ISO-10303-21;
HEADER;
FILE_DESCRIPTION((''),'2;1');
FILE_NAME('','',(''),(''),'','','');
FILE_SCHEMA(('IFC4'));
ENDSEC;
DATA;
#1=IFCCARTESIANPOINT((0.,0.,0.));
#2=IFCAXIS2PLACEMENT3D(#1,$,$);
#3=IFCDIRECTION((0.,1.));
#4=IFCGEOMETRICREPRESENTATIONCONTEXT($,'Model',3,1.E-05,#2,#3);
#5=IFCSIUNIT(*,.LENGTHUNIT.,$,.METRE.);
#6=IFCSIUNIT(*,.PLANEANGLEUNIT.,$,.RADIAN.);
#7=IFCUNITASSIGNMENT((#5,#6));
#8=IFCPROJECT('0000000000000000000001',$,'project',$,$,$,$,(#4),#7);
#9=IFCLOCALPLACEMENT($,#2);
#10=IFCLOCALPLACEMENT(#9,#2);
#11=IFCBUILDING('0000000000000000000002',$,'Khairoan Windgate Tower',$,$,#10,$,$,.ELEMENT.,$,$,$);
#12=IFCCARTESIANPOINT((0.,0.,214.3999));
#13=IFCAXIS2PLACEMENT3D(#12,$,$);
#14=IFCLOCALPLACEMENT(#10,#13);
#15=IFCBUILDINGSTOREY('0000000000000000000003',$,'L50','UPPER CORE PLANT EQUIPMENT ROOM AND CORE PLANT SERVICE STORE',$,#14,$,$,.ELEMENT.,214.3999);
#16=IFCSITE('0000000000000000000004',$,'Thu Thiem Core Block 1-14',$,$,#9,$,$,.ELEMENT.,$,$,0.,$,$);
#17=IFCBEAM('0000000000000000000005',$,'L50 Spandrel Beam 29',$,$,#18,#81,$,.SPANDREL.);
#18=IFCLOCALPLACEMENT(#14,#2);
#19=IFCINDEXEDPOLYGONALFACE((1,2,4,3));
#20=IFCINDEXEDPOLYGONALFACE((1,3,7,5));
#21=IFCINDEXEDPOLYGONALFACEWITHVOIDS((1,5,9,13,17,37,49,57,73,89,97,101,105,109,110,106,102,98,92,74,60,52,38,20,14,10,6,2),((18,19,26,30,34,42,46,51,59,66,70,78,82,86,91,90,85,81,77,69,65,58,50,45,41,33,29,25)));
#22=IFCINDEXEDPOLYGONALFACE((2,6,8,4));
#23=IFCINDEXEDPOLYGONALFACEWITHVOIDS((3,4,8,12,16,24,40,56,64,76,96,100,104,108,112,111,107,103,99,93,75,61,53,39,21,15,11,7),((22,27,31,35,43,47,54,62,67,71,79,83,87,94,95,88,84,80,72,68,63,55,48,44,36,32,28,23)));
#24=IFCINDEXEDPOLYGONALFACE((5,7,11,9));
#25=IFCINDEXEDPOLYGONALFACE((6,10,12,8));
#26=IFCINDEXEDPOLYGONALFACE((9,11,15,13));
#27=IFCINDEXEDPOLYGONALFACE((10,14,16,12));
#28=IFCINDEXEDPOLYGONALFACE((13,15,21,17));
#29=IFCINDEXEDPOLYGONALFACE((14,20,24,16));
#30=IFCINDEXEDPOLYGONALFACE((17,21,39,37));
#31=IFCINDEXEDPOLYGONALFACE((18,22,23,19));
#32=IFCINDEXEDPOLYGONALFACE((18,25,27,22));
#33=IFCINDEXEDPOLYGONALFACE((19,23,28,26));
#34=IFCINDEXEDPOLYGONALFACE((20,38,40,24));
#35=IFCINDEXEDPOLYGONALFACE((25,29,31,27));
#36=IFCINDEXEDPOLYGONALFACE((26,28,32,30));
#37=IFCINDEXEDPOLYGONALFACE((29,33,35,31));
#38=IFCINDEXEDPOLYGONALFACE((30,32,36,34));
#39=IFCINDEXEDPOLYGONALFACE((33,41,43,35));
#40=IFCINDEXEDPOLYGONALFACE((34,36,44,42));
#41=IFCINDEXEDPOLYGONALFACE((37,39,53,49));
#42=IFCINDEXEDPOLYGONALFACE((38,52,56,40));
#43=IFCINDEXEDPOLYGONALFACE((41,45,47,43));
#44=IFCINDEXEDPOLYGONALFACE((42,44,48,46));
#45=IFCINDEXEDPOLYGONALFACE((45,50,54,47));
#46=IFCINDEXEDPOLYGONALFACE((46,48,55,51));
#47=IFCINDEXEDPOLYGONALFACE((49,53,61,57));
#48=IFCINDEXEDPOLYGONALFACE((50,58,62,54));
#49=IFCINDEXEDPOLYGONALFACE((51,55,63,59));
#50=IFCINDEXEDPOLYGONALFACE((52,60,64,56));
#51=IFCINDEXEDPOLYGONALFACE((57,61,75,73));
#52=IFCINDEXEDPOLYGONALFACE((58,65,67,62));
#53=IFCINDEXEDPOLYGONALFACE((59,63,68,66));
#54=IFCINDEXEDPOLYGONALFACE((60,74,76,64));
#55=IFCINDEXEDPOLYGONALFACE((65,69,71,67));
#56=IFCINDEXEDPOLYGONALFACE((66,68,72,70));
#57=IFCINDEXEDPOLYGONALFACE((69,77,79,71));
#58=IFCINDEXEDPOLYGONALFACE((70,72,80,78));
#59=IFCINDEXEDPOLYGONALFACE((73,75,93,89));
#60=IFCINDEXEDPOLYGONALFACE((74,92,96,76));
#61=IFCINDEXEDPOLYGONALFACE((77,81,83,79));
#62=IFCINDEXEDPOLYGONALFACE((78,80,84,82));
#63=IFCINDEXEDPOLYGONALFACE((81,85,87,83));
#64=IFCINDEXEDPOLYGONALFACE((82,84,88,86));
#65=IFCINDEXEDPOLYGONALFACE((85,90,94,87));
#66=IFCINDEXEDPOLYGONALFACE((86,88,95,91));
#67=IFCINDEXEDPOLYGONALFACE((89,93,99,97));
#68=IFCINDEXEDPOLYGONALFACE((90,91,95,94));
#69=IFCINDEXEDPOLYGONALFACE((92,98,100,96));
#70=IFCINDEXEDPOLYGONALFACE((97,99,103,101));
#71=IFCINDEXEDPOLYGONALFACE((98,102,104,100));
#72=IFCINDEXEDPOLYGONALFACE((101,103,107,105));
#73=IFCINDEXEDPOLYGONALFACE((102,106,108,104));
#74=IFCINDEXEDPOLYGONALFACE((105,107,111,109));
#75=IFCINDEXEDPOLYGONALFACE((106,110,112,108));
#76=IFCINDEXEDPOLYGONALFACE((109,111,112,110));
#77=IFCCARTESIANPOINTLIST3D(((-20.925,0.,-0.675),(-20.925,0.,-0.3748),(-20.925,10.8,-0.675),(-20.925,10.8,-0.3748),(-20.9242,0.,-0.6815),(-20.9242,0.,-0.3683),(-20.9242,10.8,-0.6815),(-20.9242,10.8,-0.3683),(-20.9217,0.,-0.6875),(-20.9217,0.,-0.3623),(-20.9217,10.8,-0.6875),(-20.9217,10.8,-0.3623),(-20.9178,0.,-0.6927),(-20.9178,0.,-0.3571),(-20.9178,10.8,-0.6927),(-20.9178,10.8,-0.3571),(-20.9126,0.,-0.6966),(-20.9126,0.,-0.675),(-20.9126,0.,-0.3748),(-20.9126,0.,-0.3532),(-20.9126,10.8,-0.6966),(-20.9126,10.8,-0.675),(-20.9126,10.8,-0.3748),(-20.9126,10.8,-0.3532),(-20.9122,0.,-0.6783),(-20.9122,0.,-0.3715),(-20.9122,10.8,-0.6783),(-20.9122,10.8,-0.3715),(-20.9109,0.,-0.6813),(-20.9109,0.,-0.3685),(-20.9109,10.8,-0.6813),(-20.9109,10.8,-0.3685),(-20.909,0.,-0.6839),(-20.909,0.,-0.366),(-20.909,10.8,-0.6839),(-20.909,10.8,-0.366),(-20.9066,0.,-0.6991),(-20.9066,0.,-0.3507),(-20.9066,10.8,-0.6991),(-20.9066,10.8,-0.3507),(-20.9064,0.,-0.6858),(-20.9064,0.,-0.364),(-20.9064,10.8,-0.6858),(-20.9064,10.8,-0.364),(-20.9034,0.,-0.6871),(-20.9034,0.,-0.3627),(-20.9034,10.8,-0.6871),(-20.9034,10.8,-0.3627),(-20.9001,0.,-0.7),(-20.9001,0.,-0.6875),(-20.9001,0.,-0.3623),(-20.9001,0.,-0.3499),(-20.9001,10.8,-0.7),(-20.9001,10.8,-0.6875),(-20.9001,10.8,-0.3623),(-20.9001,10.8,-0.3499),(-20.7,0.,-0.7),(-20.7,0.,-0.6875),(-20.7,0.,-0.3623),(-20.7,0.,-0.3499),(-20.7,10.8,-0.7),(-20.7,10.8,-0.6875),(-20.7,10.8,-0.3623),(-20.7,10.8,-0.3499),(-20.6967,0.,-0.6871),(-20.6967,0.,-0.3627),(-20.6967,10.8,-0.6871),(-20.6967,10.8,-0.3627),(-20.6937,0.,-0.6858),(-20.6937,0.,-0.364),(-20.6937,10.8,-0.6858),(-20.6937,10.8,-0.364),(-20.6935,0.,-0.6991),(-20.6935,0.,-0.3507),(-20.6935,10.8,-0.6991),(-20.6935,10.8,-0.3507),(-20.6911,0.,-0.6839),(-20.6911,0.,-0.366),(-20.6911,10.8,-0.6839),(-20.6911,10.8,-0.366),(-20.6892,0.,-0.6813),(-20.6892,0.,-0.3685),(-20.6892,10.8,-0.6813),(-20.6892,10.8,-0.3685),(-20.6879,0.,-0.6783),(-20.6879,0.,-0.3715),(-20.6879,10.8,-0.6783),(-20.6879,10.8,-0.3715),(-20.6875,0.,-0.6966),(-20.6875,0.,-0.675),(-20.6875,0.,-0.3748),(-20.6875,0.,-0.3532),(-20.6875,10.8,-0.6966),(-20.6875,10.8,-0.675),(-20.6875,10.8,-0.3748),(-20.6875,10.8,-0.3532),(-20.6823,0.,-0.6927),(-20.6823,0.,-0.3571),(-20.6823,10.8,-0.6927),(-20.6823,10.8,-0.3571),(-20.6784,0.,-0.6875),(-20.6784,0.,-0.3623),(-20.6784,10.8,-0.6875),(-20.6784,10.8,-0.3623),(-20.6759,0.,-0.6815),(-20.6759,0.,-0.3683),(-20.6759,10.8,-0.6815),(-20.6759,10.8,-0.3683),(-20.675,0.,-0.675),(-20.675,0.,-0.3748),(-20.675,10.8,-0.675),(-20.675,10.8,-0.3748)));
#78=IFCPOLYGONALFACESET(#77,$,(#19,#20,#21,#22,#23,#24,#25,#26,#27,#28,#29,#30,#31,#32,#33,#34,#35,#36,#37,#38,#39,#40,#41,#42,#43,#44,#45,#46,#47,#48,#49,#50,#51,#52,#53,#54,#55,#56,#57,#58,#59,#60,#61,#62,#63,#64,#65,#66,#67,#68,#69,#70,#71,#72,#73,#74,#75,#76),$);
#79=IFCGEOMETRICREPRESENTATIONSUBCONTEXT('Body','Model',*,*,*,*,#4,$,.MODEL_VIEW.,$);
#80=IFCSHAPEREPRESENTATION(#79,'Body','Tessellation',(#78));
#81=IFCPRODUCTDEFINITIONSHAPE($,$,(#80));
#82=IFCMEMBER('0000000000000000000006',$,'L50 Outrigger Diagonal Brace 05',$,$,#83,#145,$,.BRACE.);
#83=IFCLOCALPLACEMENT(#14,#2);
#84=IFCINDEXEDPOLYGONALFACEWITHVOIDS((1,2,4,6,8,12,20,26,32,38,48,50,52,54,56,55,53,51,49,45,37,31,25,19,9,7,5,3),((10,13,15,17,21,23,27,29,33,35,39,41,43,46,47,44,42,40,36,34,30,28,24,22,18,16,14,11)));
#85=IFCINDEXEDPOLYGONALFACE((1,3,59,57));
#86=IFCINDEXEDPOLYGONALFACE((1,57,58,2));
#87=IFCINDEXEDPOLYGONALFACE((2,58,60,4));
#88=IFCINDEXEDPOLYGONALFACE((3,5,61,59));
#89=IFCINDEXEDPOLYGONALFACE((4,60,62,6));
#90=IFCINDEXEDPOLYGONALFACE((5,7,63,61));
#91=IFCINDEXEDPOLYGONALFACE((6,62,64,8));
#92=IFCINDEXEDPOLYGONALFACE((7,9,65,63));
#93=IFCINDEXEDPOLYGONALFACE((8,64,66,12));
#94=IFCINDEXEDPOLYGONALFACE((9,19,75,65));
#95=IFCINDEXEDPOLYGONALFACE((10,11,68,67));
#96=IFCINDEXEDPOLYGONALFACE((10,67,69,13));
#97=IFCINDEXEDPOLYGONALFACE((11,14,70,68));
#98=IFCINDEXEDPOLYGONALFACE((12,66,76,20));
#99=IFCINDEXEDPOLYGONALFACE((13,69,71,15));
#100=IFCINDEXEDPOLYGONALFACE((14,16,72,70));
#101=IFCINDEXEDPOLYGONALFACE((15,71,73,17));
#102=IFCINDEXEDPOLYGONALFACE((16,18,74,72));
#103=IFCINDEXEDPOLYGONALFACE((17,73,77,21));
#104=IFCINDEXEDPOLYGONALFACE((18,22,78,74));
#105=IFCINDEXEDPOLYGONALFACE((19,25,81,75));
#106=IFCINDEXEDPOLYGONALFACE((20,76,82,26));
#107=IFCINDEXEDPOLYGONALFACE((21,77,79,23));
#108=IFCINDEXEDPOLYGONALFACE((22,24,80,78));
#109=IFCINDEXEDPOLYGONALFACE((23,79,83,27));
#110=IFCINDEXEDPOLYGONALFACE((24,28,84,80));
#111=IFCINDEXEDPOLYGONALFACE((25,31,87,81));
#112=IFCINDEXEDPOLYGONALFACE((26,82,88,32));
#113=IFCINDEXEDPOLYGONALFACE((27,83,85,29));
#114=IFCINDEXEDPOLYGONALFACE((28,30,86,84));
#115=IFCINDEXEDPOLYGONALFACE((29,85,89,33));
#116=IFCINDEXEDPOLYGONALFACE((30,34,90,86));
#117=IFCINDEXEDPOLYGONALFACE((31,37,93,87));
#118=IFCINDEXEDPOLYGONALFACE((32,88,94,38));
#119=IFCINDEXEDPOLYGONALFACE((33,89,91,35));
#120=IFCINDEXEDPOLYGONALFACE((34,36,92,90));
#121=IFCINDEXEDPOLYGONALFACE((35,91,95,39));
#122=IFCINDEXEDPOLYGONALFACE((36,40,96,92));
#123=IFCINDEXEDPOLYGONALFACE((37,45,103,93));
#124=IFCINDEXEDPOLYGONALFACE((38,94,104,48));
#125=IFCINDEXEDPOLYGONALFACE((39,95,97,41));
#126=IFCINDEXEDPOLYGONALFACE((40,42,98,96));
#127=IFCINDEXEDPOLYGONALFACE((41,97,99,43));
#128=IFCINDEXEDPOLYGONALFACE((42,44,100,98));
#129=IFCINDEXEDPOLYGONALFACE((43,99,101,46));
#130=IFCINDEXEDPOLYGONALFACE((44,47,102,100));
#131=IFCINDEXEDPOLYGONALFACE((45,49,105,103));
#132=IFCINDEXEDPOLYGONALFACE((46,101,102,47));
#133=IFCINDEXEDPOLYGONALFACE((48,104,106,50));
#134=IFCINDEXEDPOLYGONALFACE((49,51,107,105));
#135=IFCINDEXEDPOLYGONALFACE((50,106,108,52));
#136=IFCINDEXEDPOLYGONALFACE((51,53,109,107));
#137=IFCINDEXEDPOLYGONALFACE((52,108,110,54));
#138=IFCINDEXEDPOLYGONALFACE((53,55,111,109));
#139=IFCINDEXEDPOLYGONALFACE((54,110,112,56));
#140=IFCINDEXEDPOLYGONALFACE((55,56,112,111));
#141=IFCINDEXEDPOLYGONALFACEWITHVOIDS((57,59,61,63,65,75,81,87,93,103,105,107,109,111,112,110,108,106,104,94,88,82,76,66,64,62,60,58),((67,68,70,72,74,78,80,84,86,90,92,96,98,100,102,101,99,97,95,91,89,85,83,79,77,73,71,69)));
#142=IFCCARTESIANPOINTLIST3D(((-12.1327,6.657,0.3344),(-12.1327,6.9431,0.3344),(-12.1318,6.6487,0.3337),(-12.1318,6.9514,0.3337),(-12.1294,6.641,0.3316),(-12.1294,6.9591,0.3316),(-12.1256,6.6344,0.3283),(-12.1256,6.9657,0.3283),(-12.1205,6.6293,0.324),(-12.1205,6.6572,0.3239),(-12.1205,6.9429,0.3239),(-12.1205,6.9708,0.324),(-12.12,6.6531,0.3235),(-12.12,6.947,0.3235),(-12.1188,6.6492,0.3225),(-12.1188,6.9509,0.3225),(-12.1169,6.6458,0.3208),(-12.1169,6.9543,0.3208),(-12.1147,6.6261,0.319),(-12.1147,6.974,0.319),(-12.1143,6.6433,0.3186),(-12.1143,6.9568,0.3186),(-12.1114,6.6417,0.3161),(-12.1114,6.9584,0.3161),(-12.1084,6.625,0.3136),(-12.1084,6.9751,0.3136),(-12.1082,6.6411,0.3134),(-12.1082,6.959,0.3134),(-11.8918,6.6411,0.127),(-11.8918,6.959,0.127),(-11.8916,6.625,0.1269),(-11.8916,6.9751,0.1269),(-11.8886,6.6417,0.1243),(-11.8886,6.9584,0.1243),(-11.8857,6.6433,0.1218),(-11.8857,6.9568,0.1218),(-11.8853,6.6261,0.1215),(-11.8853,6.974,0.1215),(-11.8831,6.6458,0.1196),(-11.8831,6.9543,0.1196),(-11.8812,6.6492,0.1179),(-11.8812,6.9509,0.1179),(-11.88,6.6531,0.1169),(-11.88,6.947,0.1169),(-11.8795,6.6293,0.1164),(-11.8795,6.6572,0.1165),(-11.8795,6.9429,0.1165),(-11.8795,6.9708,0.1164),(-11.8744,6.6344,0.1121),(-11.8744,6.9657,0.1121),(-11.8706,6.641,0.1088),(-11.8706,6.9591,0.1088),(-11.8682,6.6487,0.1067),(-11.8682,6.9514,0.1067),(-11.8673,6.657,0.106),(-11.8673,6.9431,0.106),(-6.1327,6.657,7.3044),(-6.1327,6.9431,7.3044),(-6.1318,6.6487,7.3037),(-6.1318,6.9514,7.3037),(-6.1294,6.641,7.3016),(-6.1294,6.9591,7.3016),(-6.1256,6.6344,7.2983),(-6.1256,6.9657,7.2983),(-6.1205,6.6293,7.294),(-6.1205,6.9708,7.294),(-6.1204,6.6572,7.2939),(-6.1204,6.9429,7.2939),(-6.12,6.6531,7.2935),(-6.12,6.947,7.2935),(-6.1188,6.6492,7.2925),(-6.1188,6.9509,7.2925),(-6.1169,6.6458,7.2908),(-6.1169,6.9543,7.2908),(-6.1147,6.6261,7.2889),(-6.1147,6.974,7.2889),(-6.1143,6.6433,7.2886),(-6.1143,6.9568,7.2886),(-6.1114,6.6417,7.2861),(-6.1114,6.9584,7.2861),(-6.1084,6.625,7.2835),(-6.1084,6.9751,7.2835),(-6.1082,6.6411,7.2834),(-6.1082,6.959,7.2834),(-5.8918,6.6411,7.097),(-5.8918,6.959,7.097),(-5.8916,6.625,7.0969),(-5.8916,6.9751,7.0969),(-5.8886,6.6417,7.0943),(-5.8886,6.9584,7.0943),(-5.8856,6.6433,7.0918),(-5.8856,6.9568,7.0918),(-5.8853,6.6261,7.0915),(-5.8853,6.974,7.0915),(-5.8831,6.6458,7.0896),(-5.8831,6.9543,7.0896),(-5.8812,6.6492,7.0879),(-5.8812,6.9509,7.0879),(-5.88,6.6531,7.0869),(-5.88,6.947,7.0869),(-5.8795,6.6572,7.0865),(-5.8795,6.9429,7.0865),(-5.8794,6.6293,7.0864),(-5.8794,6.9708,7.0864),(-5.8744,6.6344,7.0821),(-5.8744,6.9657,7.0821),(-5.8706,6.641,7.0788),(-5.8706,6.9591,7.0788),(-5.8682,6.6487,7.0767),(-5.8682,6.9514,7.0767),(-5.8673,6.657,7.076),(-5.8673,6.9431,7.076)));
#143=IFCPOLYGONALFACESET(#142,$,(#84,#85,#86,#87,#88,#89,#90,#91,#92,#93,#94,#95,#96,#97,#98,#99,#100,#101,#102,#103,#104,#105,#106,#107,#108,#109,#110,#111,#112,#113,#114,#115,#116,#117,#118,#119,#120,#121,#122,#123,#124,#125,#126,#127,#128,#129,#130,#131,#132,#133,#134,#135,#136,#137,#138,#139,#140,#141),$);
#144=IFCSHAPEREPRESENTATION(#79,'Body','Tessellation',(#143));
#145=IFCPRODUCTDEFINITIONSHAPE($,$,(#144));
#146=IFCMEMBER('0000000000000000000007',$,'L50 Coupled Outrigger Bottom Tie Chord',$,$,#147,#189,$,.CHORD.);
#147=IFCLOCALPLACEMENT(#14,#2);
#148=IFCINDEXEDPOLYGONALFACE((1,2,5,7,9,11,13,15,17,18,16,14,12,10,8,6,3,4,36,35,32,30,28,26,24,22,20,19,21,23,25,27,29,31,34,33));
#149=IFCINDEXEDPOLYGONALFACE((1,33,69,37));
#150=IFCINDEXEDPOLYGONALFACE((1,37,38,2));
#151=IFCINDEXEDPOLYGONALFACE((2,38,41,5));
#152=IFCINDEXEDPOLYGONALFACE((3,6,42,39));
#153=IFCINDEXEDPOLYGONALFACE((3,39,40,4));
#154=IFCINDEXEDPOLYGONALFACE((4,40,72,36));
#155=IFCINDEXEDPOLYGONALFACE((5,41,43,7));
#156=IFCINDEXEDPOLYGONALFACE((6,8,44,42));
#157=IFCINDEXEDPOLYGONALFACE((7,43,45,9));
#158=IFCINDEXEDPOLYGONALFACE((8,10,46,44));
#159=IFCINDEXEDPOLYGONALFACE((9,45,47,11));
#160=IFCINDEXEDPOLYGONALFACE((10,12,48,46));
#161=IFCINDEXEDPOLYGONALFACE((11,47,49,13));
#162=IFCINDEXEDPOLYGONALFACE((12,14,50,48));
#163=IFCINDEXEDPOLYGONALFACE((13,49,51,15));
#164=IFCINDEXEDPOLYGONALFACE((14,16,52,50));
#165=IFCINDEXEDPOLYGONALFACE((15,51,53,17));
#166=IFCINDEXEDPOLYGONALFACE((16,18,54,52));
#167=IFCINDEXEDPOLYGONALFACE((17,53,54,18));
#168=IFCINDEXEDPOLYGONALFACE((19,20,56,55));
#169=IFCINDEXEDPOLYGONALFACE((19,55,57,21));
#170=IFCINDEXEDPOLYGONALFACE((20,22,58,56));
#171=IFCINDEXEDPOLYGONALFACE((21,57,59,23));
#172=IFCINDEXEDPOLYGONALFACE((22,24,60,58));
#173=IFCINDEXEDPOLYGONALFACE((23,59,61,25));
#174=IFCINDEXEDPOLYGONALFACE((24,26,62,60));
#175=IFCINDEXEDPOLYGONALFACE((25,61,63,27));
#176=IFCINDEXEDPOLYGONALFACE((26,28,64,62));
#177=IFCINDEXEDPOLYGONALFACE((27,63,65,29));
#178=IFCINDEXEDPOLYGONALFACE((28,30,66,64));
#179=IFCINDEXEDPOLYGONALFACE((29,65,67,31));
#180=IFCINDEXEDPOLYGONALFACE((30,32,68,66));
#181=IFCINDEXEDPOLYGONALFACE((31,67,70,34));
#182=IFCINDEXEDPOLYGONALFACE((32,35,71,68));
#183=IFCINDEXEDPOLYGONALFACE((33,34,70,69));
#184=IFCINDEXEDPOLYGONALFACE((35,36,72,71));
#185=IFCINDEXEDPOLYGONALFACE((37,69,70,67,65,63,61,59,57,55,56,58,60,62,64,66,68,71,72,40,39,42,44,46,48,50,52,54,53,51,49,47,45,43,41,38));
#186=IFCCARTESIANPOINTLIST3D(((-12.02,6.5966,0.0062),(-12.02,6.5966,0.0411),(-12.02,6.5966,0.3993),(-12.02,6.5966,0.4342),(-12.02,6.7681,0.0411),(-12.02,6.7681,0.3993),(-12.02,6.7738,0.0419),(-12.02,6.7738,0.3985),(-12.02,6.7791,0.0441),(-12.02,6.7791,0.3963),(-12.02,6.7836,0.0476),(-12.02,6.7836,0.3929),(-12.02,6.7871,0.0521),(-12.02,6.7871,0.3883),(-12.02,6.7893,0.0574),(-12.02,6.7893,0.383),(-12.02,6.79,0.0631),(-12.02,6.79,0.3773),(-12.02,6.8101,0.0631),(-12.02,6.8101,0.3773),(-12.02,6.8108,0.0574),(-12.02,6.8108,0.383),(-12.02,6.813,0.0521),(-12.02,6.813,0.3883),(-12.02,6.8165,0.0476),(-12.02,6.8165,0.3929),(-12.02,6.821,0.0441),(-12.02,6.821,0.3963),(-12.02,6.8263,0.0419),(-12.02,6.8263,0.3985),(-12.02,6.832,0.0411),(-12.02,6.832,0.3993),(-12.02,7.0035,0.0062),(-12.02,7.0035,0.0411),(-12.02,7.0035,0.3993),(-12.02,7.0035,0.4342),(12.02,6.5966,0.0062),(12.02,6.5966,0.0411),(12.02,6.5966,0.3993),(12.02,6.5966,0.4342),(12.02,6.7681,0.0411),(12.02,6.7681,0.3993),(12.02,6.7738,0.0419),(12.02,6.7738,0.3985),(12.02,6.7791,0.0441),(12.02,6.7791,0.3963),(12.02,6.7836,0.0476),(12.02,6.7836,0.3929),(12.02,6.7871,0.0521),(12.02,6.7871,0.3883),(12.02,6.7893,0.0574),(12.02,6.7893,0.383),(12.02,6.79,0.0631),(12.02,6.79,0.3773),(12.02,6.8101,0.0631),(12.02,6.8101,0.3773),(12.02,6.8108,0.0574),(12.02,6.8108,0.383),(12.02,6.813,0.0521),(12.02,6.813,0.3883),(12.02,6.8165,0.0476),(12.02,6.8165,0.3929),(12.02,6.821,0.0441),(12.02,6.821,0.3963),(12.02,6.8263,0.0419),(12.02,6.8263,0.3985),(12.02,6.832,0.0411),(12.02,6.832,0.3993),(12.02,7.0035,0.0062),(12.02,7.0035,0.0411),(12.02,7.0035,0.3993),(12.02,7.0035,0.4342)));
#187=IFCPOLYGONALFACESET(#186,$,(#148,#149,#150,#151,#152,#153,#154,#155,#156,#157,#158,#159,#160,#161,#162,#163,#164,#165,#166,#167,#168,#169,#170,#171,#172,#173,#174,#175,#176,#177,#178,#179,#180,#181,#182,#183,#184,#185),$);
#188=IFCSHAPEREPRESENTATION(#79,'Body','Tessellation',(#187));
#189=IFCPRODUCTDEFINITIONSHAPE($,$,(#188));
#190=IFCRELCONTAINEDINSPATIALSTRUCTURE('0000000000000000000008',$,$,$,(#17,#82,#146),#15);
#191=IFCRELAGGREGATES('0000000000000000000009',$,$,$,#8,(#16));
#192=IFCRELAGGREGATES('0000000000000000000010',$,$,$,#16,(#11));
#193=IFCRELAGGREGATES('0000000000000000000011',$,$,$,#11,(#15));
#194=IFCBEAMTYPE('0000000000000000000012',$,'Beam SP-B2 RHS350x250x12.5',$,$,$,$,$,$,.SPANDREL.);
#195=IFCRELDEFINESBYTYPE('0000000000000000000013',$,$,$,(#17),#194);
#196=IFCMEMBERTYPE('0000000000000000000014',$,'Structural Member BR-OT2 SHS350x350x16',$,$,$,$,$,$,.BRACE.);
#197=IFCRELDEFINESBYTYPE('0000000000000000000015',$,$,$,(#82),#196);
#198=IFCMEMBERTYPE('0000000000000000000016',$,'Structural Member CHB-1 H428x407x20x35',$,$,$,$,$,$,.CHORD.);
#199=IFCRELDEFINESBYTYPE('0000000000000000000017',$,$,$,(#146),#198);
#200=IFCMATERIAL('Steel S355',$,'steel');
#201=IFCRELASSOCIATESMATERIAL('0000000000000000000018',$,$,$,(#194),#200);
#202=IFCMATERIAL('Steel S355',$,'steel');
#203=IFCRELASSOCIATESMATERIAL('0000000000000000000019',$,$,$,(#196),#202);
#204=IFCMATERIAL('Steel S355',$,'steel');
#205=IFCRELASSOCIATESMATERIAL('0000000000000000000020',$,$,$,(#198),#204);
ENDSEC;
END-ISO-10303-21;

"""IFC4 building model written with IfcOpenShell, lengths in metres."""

from ifc_helpers import new_model, si_unit, direction, frame, origin, origin_2d, place, context, subcontext, project, spatial, hollow_rectangle, i_section, extrude, material, material_profile, profile_set, type_object, element, save


model = new_model("IFC4")

# Units and contexts
model_context = context("Model", 3, precision=1e-05, world=origin(), true_north=direction((0.0, 1.0)))
body_context = subcontext(model_context, "Body", "Model", "MODEL_VIEW")
ifc_project = project(units=[si_unit("LENGTHUNIT", "METRE"), si_unit("PLANEANGLEUNIT", "RADIAN")], contexts=[model_context])

# Site, building, storey
site_placement = place(None, origin())
site = spatial("IfcSite", under=ifc_project, at=site_placement, Name="Thu Thiem Core Block 1-14", CompositionType="ELEMENT", RefElevation=0.0)
building_placement = place(site_placement, origin())
building = spatial("IfcBuilding", under=site, at=building_placement, Name="Khairoan Windgate Tower", CompositionType="ELEMENT")
storey_placement = place(building_placement, frame((0.0, 0.0, 214.3999)))
storey = spatial("IfcBuildingStorey", under=building, at=storey_placement, Name="L50", Description="UPPER CORE PLANT EQUIPMENT ROOM AND CORE PLANT SERVICE STORE", CompositionType="ELEMENT", Elevation=214.3999)

# Beam
ifc_material_1 = material(Name="Steel S355", Category="steel")
ifc_material_profile_1 = material_profile(ifc_material_1, hollow_rectangle(XDim=0.25, YDim=0.3501, WallThickness=0.0125, InnerFilletRadius=0.0125, OuterFilletRadius=0.0249, at=origin_2d()))
ifc_profile_set_1 = profile_set([ifc_material_profile_1], Name="Steel S355")
beam_type_1 = type_object("IfcBeamType", Name="Beam SP-B2 RHS350x250x12.5", PredefinedType="SPANDREL", material=ifc_profile_set_1)
beam_1_placement = place(storey_placement, frame((-20.8, 0.0, -0.5249), z_axis=(0.0, 1.0, 0.0), x_axis=(-1.0, 0.0, 0.0)))
element("IfcBeam", 1, at=beam_1_placement, inside=storey, type_object=beam_type_1, Name="L50 Spandrel Beam 29", PredefinedType="SPANDREL", context=body_context, shape_type="SweptSolid", body=[
    extrude(hollow_rectangle(XDim=0.25, YDim=0.3501, WallThickness=0.0125, InnerFilletRadius=0.0125, OuterFilletRadius=0.0249, at=origin_2d()), origin(), (0.0, 0.0, 1.0), 10.8),
])

# Members
ifc_material_2 = material(Name="Steel S355", Category="steel")
ifc_material_profile_2 = material_profile(ifc_material_2, hollow_rectangle(XDim=0.3501, YDim=0.3501, WallThickness=0.0161, InnerFilletRadius=0.0161, OuterFilletRadius=0.032, at=origin_2d()))
ifc_profile_set_2 = profile_set([ifc_material_profile_2], Name="Steel S355")
member_type_1 = type_object("IfcMemberType", Name="Structural Member BR-OT2 SHS350x350x16", PredefinedType="BRACE", material=ifc_profile_set_2)
member_1_placement = place(storey_placement, frame((-12.0, 6.8, 0.2202), z_axis=(0.652403, 0.0, 0.757872), x_axis=(0.0, 1.0, 0.0)))
element("IfcMember", 2, at=member_1_placement, inside=storey, type_object=member_type_1, Name="L50 Outrigger Diagonal Brace 05", PredefinedType="BRACE", context=body_context, shape_type="SweptSolid", body=[
    extrude(hollow_rectangle(XDim=0.3501, YDim=0.3501, WallThickness=0.0161, InnerFilletRadius=0.0161, OuterFilletRadius=0.032, at=origin_2d()), origin(), (0.0, 0.0, 1.0), 9.1968),
])
ifc_material_3 = material(Name="Steel S355", Category="steel")
ifc_material_profile_3 = material_profile(ifc_material_3, i_section(OverallWidth=0.407, OverallDepth=0.428, WebThickness=0.02, FlangeThickness=0.0349, FilletRadius=0.022, at=origin_2d()))
ifc_profile_set_3 = profile_set([ifc_material_profile_3], Name="Steel S355")
member_type_2 = type_object("IfcMemberType", Name="Structural Member CHB-1 H428x407x20x35", PredefinedType="CHORD", material=ifc_profile_set_3)
member_2_placement = place(storey_placement, frame((-12.02, 6.8, 0.2202), z_axis=(1.0, 0.0, 0.0), x_axis=(0.0, 1.0, 0.0)))
element("IfcMember", 3, at=member_2_placement, inside=storey, type_object=member_type_2, Name="L50 Coupled Outrigger Bottom Tie Chord", PredefinedType="CHORD", context=body_context, shape_type="SweptSolid", body=[
    extrude(i_section(OverallWidth=0.407, OverallDepth=0.428, WebThickness=0.02, FlangeThickness=0.0349, FilletRadius=0.022, at=origin_2d()), origin(), (0.0, 0.0, 1.0), 24.04),
])

save(model, "model.ifc")
